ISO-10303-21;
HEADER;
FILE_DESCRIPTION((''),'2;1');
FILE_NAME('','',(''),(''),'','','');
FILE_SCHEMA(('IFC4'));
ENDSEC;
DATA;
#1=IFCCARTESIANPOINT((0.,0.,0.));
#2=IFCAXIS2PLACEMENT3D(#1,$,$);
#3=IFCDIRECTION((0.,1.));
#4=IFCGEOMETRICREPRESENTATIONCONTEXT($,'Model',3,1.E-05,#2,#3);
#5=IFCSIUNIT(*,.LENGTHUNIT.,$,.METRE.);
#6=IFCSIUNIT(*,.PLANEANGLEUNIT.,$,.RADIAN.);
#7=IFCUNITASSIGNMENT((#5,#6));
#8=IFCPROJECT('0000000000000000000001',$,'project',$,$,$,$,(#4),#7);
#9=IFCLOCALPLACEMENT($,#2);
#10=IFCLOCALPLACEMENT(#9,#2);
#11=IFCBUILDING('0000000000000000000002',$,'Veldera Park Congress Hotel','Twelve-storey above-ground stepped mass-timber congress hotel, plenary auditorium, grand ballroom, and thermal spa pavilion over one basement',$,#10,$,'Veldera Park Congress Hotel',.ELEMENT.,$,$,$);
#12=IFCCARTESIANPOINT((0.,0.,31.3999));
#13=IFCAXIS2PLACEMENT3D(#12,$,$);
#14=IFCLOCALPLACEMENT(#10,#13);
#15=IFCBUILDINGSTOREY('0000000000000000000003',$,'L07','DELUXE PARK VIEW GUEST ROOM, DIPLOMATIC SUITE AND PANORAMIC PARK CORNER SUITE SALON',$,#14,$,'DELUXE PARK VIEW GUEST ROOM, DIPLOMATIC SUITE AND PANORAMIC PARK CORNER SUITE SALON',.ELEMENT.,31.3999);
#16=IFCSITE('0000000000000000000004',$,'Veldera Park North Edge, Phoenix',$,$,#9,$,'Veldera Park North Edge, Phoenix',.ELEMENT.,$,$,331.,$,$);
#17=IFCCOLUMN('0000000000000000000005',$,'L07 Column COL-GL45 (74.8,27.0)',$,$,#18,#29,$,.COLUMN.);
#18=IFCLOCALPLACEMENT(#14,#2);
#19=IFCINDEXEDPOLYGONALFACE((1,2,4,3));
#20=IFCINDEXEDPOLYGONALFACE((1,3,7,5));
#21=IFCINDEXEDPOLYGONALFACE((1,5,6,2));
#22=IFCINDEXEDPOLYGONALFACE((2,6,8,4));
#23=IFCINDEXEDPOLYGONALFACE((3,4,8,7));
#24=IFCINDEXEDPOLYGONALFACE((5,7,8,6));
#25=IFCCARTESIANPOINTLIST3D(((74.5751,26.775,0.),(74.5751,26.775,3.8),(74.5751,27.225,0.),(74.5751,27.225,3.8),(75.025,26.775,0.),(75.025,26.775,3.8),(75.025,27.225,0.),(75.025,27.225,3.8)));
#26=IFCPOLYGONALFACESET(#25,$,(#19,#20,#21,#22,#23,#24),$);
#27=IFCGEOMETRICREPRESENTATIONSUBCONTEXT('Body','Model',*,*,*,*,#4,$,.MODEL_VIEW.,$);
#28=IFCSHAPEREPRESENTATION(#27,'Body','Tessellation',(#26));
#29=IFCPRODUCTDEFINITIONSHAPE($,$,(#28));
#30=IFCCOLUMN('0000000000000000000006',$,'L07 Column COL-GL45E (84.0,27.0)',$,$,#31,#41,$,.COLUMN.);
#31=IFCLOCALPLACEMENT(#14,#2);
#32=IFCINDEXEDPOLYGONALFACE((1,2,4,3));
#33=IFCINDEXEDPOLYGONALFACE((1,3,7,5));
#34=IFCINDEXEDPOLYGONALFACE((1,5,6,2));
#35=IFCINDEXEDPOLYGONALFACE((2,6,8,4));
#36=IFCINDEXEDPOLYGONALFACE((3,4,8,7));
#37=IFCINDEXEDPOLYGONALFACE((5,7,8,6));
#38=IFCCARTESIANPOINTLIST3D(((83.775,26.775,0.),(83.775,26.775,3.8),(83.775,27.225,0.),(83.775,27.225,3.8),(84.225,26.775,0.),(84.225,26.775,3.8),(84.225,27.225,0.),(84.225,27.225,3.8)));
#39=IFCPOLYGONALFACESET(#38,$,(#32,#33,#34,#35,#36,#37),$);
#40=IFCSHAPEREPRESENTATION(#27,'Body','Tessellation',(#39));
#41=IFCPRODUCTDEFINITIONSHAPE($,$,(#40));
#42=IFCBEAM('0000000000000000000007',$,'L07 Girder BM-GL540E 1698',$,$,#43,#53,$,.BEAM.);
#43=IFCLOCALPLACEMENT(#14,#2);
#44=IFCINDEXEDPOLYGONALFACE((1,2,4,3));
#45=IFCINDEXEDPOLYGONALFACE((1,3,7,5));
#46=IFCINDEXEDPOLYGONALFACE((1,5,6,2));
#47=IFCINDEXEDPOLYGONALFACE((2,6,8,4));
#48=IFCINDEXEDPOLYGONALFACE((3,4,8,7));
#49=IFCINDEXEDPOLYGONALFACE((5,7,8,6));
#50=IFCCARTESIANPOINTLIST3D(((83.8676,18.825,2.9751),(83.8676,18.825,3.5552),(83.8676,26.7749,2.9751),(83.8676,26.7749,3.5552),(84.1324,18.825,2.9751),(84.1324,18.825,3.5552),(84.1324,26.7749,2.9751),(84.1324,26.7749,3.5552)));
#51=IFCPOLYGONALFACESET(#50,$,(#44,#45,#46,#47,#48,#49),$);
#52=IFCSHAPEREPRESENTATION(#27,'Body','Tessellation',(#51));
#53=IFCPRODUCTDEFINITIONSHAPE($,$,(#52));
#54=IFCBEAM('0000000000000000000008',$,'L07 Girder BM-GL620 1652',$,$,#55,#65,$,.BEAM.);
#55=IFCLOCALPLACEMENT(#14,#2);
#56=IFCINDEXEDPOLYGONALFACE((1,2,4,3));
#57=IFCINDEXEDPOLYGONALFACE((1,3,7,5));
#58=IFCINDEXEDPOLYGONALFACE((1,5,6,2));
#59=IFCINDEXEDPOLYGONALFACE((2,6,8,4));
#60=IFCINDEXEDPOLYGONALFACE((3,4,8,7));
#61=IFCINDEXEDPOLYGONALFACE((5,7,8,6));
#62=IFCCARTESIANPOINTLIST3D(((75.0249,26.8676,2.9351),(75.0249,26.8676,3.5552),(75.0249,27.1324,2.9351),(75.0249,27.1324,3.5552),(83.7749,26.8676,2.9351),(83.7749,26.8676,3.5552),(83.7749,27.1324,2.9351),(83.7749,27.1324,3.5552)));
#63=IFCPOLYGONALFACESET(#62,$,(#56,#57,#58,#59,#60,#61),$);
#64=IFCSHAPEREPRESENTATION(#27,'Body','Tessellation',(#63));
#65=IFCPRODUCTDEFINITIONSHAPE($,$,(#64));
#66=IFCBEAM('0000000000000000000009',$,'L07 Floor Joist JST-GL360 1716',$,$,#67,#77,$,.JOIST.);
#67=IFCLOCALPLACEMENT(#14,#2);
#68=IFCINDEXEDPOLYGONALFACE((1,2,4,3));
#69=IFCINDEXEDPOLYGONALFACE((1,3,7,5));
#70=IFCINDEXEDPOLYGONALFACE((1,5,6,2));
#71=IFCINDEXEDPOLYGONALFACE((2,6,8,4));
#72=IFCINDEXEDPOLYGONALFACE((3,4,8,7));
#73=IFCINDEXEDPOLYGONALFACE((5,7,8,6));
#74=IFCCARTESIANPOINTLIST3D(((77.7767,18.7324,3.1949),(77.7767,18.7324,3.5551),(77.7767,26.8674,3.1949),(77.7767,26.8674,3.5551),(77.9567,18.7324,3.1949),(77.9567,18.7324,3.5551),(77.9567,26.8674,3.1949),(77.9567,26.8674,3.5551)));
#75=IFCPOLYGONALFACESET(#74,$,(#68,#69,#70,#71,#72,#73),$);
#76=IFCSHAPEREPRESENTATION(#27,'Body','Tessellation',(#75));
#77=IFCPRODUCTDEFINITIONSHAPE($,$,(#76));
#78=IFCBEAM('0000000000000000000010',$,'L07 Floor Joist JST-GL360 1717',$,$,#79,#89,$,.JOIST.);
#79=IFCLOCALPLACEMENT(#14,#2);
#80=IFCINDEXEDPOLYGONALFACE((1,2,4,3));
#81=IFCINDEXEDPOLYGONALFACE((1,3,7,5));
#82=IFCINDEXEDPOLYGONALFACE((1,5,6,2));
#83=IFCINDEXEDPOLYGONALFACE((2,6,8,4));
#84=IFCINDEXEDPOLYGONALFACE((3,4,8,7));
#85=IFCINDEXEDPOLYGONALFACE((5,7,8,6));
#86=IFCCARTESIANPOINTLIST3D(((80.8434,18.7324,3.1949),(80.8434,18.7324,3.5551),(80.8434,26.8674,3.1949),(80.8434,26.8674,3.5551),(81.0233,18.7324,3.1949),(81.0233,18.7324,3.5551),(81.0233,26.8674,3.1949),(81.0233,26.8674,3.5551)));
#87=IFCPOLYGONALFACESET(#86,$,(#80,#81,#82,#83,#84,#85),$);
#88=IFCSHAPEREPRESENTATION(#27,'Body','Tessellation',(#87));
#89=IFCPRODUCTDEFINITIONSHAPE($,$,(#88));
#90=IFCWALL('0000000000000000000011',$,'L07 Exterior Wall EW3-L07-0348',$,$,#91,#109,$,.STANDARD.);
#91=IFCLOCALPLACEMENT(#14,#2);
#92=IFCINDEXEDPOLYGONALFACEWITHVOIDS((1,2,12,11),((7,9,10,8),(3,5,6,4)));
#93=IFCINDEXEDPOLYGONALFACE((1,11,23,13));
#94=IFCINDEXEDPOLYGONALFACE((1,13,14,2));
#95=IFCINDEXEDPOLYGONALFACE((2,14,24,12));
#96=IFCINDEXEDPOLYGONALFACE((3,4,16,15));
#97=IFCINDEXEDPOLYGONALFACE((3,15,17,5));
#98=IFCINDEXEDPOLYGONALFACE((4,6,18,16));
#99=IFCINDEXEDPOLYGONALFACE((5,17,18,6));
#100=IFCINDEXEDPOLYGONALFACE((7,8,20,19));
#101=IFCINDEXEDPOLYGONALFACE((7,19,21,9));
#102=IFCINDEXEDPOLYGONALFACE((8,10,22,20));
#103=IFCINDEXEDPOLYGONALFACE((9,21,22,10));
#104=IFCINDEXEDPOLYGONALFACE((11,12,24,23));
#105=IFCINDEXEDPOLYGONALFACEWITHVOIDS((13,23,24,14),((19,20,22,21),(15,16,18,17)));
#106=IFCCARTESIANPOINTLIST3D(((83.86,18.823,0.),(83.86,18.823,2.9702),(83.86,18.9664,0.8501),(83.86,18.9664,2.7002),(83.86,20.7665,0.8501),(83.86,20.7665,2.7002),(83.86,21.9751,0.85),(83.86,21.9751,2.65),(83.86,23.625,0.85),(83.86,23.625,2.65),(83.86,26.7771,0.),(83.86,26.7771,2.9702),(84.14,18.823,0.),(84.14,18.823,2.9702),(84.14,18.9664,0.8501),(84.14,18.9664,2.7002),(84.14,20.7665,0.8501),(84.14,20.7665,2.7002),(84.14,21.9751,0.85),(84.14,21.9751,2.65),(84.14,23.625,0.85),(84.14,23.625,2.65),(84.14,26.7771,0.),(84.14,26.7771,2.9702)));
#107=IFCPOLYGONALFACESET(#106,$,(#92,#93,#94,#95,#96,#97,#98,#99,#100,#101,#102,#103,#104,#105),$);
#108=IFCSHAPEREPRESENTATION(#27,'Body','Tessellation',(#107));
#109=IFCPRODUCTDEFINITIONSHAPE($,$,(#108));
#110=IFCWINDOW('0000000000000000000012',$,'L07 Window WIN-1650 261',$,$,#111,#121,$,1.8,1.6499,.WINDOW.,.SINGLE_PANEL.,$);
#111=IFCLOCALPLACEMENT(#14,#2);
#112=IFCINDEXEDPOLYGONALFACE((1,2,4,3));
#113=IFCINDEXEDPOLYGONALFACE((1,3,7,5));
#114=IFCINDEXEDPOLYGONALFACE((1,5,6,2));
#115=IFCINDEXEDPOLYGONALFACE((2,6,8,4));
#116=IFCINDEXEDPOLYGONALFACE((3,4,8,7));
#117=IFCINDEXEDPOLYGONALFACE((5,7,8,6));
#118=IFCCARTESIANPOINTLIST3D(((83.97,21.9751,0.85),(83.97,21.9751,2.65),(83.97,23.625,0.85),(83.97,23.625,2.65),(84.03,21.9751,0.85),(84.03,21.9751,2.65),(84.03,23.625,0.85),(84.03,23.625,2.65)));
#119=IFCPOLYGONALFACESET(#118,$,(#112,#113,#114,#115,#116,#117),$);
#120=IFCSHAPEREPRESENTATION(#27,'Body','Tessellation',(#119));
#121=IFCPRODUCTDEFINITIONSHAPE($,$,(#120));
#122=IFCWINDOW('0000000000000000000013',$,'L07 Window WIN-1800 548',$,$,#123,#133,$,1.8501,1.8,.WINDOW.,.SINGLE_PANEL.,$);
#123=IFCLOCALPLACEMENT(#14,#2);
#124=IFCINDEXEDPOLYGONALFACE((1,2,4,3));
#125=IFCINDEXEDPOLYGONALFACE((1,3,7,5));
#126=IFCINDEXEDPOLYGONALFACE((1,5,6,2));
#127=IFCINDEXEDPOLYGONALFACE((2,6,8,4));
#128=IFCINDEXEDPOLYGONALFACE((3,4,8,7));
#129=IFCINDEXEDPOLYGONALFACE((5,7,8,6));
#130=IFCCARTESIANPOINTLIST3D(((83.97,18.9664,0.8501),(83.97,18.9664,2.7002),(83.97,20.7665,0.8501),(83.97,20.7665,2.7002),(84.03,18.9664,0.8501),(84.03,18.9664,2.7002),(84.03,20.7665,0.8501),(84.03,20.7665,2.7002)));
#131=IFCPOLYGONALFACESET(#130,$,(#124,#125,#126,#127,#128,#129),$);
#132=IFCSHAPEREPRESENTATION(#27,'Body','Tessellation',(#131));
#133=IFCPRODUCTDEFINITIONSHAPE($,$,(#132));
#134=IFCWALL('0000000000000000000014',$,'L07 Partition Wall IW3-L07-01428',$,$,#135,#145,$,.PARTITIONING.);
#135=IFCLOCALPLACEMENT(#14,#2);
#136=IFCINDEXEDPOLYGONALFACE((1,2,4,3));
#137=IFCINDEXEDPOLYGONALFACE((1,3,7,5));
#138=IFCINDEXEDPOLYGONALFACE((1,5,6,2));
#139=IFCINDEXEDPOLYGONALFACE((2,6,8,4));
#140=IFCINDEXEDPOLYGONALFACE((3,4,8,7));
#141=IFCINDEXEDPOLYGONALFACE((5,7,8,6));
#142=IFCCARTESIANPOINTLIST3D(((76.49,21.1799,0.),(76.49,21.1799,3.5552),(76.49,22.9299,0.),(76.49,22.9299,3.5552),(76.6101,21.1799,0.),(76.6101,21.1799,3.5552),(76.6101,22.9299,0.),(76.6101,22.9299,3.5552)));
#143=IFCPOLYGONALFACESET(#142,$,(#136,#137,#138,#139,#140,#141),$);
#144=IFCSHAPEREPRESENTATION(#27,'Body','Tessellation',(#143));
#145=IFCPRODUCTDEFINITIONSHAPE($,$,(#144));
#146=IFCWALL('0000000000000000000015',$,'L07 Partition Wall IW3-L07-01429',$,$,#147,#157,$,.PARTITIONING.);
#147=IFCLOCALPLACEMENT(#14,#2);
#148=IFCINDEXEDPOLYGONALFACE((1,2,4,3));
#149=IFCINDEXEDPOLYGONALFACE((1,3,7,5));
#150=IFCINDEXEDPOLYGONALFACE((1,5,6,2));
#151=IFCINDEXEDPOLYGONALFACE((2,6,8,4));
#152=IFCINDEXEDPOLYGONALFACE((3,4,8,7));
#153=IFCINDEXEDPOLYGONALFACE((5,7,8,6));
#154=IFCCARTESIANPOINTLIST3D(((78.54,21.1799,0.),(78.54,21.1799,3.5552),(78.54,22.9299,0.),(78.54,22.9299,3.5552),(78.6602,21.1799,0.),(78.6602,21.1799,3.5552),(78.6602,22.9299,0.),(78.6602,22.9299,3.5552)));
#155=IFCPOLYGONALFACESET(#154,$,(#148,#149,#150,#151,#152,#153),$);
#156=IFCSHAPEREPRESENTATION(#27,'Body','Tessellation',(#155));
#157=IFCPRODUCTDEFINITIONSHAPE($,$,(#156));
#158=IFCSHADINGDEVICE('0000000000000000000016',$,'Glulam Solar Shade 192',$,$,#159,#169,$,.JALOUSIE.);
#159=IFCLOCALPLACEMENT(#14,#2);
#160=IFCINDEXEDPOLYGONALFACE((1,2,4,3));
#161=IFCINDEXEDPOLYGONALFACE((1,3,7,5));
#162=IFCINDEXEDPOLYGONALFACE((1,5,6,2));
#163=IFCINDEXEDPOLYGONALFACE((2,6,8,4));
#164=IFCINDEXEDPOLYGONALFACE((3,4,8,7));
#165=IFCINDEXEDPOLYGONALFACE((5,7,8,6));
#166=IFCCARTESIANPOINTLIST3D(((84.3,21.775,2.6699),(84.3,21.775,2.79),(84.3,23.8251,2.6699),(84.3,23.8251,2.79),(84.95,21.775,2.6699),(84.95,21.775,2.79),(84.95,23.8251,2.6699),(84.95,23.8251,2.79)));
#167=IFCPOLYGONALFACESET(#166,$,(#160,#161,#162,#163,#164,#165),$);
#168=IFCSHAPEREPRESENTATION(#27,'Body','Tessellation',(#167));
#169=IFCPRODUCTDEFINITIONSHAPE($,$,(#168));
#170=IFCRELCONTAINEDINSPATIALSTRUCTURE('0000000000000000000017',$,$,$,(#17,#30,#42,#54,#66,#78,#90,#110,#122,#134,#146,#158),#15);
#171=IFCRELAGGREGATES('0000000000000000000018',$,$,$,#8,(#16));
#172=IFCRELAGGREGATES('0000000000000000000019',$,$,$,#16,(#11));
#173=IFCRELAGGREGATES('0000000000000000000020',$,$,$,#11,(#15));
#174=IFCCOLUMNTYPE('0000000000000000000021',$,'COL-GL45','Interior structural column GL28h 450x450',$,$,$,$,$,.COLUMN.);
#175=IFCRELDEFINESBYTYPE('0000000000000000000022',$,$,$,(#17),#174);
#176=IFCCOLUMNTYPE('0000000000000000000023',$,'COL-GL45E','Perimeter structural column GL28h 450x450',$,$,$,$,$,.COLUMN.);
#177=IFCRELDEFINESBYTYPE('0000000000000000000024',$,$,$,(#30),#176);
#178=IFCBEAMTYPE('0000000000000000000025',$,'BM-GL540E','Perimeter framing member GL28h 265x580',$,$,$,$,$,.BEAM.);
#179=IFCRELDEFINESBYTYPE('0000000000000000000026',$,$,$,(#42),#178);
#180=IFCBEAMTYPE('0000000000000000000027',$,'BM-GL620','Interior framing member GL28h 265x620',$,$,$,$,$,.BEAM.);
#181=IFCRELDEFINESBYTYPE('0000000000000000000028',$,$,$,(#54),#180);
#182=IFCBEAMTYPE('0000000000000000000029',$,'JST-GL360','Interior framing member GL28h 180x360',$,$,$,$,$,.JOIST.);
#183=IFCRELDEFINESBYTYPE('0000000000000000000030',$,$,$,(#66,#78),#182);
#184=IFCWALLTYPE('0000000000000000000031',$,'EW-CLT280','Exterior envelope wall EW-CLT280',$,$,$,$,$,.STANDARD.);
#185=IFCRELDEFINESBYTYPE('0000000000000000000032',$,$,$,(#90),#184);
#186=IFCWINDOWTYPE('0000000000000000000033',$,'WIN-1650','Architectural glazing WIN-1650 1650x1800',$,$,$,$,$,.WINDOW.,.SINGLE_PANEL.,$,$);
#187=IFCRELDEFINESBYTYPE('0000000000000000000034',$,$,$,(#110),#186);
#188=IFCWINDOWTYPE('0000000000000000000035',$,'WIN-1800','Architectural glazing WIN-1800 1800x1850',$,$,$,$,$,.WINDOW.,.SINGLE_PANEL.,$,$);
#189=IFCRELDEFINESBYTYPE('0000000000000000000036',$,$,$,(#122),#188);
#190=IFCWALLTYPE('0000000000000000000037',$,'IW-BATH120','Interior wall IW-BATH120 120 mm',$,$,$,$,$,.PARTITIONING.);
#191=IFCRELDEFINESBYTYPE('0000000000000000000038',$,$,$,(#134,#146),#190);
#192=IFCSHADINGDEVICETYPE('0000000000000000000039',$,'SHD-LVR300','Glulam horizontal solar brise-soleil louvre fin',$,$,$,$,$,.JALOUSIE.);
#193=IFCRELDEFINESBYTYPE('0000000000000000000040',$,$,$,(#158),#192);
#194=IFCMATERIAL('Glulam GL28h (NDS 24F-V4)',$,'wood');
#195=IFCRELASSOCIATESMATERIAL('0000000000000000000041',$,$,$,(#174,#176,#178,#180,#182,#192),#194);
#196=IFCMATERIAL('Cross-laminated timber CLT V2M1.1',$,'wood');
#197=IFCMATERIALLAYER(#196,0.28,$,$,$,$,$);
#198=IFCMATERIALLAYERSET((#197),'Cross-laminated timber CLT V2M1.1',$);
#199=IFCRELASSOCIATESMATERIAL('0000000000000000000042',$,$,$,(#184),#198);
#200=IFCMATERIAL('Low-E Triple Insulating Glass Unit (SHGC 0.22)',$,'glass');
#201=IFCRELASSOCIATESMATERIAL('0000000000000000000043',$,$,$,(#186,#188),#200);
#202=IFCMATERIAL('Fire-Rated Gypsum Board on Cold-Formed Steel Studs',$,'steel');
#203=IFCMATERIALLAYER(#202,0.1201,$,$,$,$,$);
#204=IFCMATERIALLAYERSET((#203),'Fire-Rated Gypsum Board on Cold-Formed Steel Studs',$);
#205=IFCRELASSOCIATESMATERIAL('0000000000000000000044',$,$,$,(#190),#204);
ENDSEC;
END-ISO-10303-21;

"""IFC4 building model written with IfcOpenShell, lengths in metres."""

from ifc_helpers import new_model, si_unit, direction, frame, frame_2d, origin, origin_2d, place, context, subcontext, project, spatial, rectangle, extrude, material, layer, layer_set, material_profile, profile_set, type_object, element, fill, save


model = new_model("IFC4")

# Units and contexts
model_context = context("Model", 3, precision=1e-05, world=origin(), true_north=direction((0.0, 1.0)))
body_context = subcontext(model_context, "Body", "Model", "MODEL_VIEW")
ifc_project = project(units=[si_unit("LENGTHUNIT", "METRE"), si_unit("PLANEANGLEUNIT", "RADIAN")], contexts=[model_context])

# Site, building, storey
site_placement = place(None, origin())
site = spatial("IfcSite", under=ifc_project, at=site_placement, Name="Veldera Park North Edge, Phoenix", LongName="Veldera Park North Edge, Phoenix", CompositionType="ELEMENT", RefElevation=331.0)
building_placement = place(site_placement, origin())
building = spatial("IfcBuilding", under=site, at=building_placement, Name="Veldera Park Congress Hotel", Description="Twelve-storey above-ground stepped mass-timber congress hotel, plenary auditorium, grand ballroom, and thermal spa pavilion over one basement", LongName="Veldera Park Congress Hotel", CompositionType="ELEMENT")
storey_placement = place(building_placement, frame((0.0, 0.0, 31.3999)))
storey = spatial("IfcBuildingStorey", under=building, at=storey_placement, Name="L07", Description="DELUXE PARK VIEW GUEST ROOM, DIPLOMATIC SUITE AND PANORAMIC PARK CORNER SUITE SALON", LongName="DELUXE PARK VIEW GUEST ROOM, DIPLOMATIC SUITE AND PANORAMIC PARK CORNER SUITE SALON", CompositionType="ELEMENT", Elevation=31.3999)

# Columns
ifc_material_1 = material(Name="Glulam GL28h (NDS 24F-V4)", Category="wood")
ifc_material_profile_1 = material_profile(ifc_material_1, rectangle(XDim=0.45, YDim=0.45, at=origin_2d()), Name="GL28h 450x450")
ifc_profile_set_1 = profile_set([ifc_material_profile_1], Name="Glulam GL28h (NDS 24F-V4)")
column_type_1 = type_object("IfcColumnType", Name="COL-GL45", Description="Interior structural column GL28h 450x450", PredefinedType="COLUMN", material=ifc_profile_set_1)
column_1_placement = place(storey_placement, frame((74.8, 27.0, 0.0), z_axis=(0.0, 0.0, 1.0), x_axis=(1.0, 0.0, 0.0)))
element("IfcColumn", 1, at=column_1_placement, inside=storey, type_object=column_type_1, Name="L07 Column COL-GL45 (74.8,27.0)", PredefinedType="COLUMN", context=body_context, shape_type="SweptSolid", body=[
    extrude(rectangle(XDim=0.45, YDim=0.45, at=origin_2d()), origin(), (0.0, 0.0, 1.0), 3.8),
])
ifc_material_profile_2 = material_profile(ifc_material_1, rectangle(XDim=0.45, YDim=0.45, at=origin_2d()), Name="GL28h 450x450")
ifc_profile_set_2 = profile_set([ifc_material_profile_2], Name="Glulam GL28h (NDS 24F-V4)")
column_type_2 = type_object("IfcColumnType", Name="COL-GL45E", Description="Perimeter structural column GL28h 450x450", PredefinedType="COLUMN", material=ifc_profile_set_2)
column_2_placement = place(storey_placement, frame((84.0, 27.0, 0.0), z_axis=(0.0, 0.0, 1.0), x_axis=(1.0, 0.0, 0.0)))
element("IfcColumn", 2, at=column_2_placement, inside=storey, type_object=column_type_2, Name="L07 Column COL-GL45E (84.0,27.0)", PredefinedType="COLUMN", context=body_context, shape_type="SweptSolid", body=[
    extrude(rectangle(XDim=0.45, YDim=0.45, at=origin_2d()), origin(), (0.0, 0.0, 1.0), 3.8),
])

# Beams
ifc_material_profile_3 = material_profile(ifc_material_1, rectangle(XDim=0.2649, YDim=0.5801, at=origin_2d()), Name="GL28h 265x580")
ifc_profile_set_3 = profile_set([ifc_material_profile_3], Name="Glulam GL28h (NDS 24F-V4)")
beam_type_1 = type_object("IfcBeamType", Name="BM-GL540E", Description="Perimeter framing member GL28h 265x580", PredefinedType="BEAM", material=ifc_profile_set_3)
beam_1_placement = place(storey_placement, frame((84.0, 18.825, 3.2651), z_axis=(0.0, 1.0, 0.0), x_axis=(-1.0, 0.0, 0.0)))
element("IfcBeam", 3, at=beam_1_placement, inside=storey, type_object=beam_type_1, Name="L07 Girder BM-GL540E 1698", PredefinedType="BEAM", context=body_context, shape_type="SweptSolid", body=[
    extrude(rectangle(XDim=0.2649, YDim=0.5801, at=origin_2d()), origin(), (0.0, 0.0, 1.0), 7.95),
])
ifc_material_profile_4 = material_profile(ifc_material_1, rectangle(XDim=0.2649, YDim=0.6201, at=origin_2d()), Name="GL28h 265x620")
ifc_profile_set_4 = profile_set([ifc_material_profile_4], Name="Glulam GL28h (NDS 24F-V4)")
beam_type_2 = type_object("IfcBeamType", Name="BM-GL620", Description="Interior framing member GL28h 265x620", PredefinedType="BEAM", material=ifc_profile_set_4)
beam_2_placement = place(storey_placement, frame((75.0249, 27.0, 3.2451), z_axis=(1.0, 0.0, 0.0), x_axis=(0.0, 1.0, 0.0)))
element("IfcBeam", 4, at=beam_2_placement, inside=storey, type_object=beam_type_2, Name="L07 Girder BM-GL620 1652", PredefinedType="BEAM", context=body_context, shape_type="SweptSolid", body=[
    extrude(rectangle(XDim=0.2649, YDim=0.6201, at=origin_2d()), origin(), (0.0, 0.0, 1.0), 8.75),
])
ifc_material_profile_5 = material_profile(ifc_material_1, rectangle(XDim=0.1799, YDim=0.3601, at=origin_2d()), Name="GL28h 180x360")
ifc_profile_set_5 = profile_set([ifc_material_profile_5], Name="Glulam GL28h (NDS 24F-V4)")
beam_type_3 = type_object("IfcBeamType", Name="JST-GL360", Description="Interior framing member GL28h 180x360", PredefinedType="JOIST", material=ifc_profile_set_5)
for number, where, z_axis, x_axis, name in (
    (5, (77.8667, 18.7324, 3.375), (0.0, 1.0, 0.0), (-1.0, 0.0, 0.0), "L07 Floor Joist JST-GL360 1716"),
    (6, (80.9333, 18.7324, 3.375), (0.0, 1.0, 0.0), (-1.0, 0.0, 0.0), "L07 Floor Joist JST-GL360 1717"),
):
    element("IfcBeam", number, at=place(storey_placement, frame(where, z_axis=z_axis, x_axis=x_axis)), inside=storey, type_object=beam_type_3, Name=name, PredefinedType="JOIST", context=body_context, shape_type="SweptSolid", body=[
        extrude(rectangle(XDim=0.1799, YDim=0.3601, at=origin_2d()), origin(), (0.0, 0.0, 1.0), 8.135),
    ])

# Wall, openings, windows
ifc_material_2 = material(Name="Cross-laminated timber CLT V2M1.1", Category="wood")
ifc_layer_1 = layer(ifc_material_2, 0.28)
ifc_layer_set_1 = layer_set([ifc_layer_1], Name="Cross-laminated timber CLT V2M1.1")
wall_type_1 = type_object("IfcWallType", Name="EW-CLT280", Description="Exterior envelope wall EW-CLT280", PredefinedType="STANDARD", material=ifc_layer_set_1)
wall_1_placement = place(storey_placement, frame((84.0, 18.823, 0.0), z_axis=(0.0, 0.0, 1.0), x_axis=(0.0, 1.0, 0.0)))
wall_1 = element("IfcWall", 7, at=wall_1_placement, inside=storey, type_object=wall_type_1, Name="L07 Exterior Wall EW3-L07-0348", PredefinedType="STANDARD", context=body_context, shape_type="SweptSolid", body=[
    extrude(rectangle(XDim=7.9541, YDim=0.28, at=frame_2d((3.9771, 0.0))), origin(), (0.0, 0.0, 1.0), 2.9702),
])
opening_1_placement = place(wall_1_placement, frame((3.1521, 0.0, 0.8501)))
opening_1 = element("IfcOpeningElement", 8, at=opening_1_placement, cuts=wall_1, PredefinedType="OPENING", context=body_context, shape_type="SweptSolid", body=[
    extrude(rectangle(XDim=1.6499, YDim=1.8, at=frame_2d((0.825, 0.8999))), frame((0.0, 0.1521, 0.0), z_axis=(0.0, -1.0, 0.0), x_axis=(1.0, 0.0, 0.0)), (0.0, 0.0, 1.0), 0.304),
])
opening_2_placement = place(wall_1_placement, frame((0.1436, 0.0, 0.8501)))
opening_2 = element("IfcOpeningElement", 9, at=opening_2_placement, cuts=wall_1, PredefinedType="OPENING", context=body_context, shape_type="SweptSolid", body=[
    extrude(rectangle(XDim=1.8, YDim=1.8501, at=frame_2d((0.8999, 0.925))), frame((0.0, 0.1521, 0.0), z_axis=(0.0, -1.0, 0.0), x_axis=(1.0, 0.0, 0.0)), (0.0, 0.0, 1.0), 0.304),
])
ifc_material_3 = material(Name="Low-E Triple Insulating Glass Unit (SHGC 0.22)", Category="glass")
window_type_1 = type_object("IfcWindowType", Name="WIN-1650", Description="Architectural glazing WIN-1650 1650x1800", PartitioningType="SINGLE_PANEL", PredefinedType="WINDOW", material=ifc_material_3)
window_1_placement = place(opening_1_placement, origin())
window_1 = element("IfcWindow", 10, at=window_1_placement, inside=storey, type_object=window_type_1, Name="L07 Window WIN-1650 261", OverallHeight=1.8, OverallWidth=1.6499, PartitioningType="SINGLE_PANEL", PredefinedType="WINDOW", context=body_context, shape_type="SweptSolid", body=[
    extrude(rectangle(XDim=1.6499, YDim=1.8, at=frame_2d((0.825, 0.8999))), frame((0.0, 0.03, 0.0), z_axis=(0.0, -1.0, 0.0), x_axis=(1.0, 0.0, 0.0)), (0.0, 0.0, 1.0), 0.0601),
])
fill(opening_1, window_1)
window_type_2 = type_object("IfcWindowType", Name="WIN-1800", Description="Architectural glazing WIN-1800 1800x1850", PartitioningType="SINGLE_PANEL", PredefinedType="WINDOW", material=ifc_material_3)
window_2_placement = place(opening_2_placement, origin())
window_2 = element("IfcWindow", 11, at=window_2_placement, inside=storey, type_object=window_type_2, Name="L07 Window WIN-1800 548", OverallHeight=1.8501, OverallWidth=1.8, PartitioningType="SINGLE_PANEL", PredefinedType="WINDOW", context=body_context, shape_type="SweptSolid", body=[
    extrude(rectangle(XDim=1.8, YDim=1.8501, at=frame_2d((0.8999, 0.925))), frame((0.0, 0.03, 0.0), z_axis=(0.0, -1.0, 0.0), x_axis=(1.0, 0.0, 0.0)), (0.0, 0.0, 1.0), 0.0601),
])
fill(opening_2, window_2)

# Shared definitions
ifc_material_4 = material(Name="Fire-Rated Gypsum Board on Cold-Formed Steel Studs", Category="steel")
ifc_layer_2 = layer(ifc_material_4, 0.1201)
ifc_layer_set_2 = layer_set([ifc_layer_2], Name="Fire-Rated Gypsum Board on Cold-Formed Steel Studs")
wall_type_2 = type_object("IfcWallType", Name="IW-BATH120", Description="Interior wall IW-BATH120 120 mm", PredefinedType="PARTITIONING", material=ifc_layer_set_2)

# Walls
for number, where, z_axis, x_axis, name in (
    (12, (76.55, 21.1799, 0.0), (0.0, 0.0, 1.0), (0.0, 1.0, 0.0), "L07 Partition Wall IW3-L07-01428"),
    (13, (78.6001, 21.1799, 0.0), (0.0, 0.0, 1.0), (0.0, 1.0, 0.0), "L07 Partition Wall IW3-L07-01429"),
):
    element("IfcWall", number, at=place(storey_placement, frame(where, z_axis=z_axis, x_axis=x_axis)), inside=storey, type_object=wall_type_2, Name=name, PredefinedType="PARTITIONING", context=body_context, shape_type="SweptSolid", body=[
        extrude(rectangle(XDim=1.75, YDim=0.1201, at=frame_2d((0.875, 0.0))), origin(), (0.0, 0.0, 1.0), 3.5552),
    ])

# Shading device
shading_device_type = type_object("IfcShadingDeviceType", Name="SHD-LVR300", Description="Glulam horizontal solar brise-soleil louvre fin", PredefinedType="JALOUSIE", material=ifc_material_1)
shading_device_1_placement = place(storey_placement, frame((84.625, 22.8, 2.6699), z_axis=(0.0, 0.0, 1.0), x_axis=(0.0, 1.0, 0.0)))
element("IfcShadingDevice", 14, at=shading_device_1_placement, inside=storey, type_object=shading_device_type, Name="Glulam Solar Shade 192", PredefinedType="JALOUSIE", context=body_context, shape_type="SweptSolid", body=[
    extrude(rectangle(XDim=2.05, YDim=0.6499, at=origin_2d()), origin(), (0.0, 0.0, 1.0), 0.1201),
])

save(model, "model.ifc")
